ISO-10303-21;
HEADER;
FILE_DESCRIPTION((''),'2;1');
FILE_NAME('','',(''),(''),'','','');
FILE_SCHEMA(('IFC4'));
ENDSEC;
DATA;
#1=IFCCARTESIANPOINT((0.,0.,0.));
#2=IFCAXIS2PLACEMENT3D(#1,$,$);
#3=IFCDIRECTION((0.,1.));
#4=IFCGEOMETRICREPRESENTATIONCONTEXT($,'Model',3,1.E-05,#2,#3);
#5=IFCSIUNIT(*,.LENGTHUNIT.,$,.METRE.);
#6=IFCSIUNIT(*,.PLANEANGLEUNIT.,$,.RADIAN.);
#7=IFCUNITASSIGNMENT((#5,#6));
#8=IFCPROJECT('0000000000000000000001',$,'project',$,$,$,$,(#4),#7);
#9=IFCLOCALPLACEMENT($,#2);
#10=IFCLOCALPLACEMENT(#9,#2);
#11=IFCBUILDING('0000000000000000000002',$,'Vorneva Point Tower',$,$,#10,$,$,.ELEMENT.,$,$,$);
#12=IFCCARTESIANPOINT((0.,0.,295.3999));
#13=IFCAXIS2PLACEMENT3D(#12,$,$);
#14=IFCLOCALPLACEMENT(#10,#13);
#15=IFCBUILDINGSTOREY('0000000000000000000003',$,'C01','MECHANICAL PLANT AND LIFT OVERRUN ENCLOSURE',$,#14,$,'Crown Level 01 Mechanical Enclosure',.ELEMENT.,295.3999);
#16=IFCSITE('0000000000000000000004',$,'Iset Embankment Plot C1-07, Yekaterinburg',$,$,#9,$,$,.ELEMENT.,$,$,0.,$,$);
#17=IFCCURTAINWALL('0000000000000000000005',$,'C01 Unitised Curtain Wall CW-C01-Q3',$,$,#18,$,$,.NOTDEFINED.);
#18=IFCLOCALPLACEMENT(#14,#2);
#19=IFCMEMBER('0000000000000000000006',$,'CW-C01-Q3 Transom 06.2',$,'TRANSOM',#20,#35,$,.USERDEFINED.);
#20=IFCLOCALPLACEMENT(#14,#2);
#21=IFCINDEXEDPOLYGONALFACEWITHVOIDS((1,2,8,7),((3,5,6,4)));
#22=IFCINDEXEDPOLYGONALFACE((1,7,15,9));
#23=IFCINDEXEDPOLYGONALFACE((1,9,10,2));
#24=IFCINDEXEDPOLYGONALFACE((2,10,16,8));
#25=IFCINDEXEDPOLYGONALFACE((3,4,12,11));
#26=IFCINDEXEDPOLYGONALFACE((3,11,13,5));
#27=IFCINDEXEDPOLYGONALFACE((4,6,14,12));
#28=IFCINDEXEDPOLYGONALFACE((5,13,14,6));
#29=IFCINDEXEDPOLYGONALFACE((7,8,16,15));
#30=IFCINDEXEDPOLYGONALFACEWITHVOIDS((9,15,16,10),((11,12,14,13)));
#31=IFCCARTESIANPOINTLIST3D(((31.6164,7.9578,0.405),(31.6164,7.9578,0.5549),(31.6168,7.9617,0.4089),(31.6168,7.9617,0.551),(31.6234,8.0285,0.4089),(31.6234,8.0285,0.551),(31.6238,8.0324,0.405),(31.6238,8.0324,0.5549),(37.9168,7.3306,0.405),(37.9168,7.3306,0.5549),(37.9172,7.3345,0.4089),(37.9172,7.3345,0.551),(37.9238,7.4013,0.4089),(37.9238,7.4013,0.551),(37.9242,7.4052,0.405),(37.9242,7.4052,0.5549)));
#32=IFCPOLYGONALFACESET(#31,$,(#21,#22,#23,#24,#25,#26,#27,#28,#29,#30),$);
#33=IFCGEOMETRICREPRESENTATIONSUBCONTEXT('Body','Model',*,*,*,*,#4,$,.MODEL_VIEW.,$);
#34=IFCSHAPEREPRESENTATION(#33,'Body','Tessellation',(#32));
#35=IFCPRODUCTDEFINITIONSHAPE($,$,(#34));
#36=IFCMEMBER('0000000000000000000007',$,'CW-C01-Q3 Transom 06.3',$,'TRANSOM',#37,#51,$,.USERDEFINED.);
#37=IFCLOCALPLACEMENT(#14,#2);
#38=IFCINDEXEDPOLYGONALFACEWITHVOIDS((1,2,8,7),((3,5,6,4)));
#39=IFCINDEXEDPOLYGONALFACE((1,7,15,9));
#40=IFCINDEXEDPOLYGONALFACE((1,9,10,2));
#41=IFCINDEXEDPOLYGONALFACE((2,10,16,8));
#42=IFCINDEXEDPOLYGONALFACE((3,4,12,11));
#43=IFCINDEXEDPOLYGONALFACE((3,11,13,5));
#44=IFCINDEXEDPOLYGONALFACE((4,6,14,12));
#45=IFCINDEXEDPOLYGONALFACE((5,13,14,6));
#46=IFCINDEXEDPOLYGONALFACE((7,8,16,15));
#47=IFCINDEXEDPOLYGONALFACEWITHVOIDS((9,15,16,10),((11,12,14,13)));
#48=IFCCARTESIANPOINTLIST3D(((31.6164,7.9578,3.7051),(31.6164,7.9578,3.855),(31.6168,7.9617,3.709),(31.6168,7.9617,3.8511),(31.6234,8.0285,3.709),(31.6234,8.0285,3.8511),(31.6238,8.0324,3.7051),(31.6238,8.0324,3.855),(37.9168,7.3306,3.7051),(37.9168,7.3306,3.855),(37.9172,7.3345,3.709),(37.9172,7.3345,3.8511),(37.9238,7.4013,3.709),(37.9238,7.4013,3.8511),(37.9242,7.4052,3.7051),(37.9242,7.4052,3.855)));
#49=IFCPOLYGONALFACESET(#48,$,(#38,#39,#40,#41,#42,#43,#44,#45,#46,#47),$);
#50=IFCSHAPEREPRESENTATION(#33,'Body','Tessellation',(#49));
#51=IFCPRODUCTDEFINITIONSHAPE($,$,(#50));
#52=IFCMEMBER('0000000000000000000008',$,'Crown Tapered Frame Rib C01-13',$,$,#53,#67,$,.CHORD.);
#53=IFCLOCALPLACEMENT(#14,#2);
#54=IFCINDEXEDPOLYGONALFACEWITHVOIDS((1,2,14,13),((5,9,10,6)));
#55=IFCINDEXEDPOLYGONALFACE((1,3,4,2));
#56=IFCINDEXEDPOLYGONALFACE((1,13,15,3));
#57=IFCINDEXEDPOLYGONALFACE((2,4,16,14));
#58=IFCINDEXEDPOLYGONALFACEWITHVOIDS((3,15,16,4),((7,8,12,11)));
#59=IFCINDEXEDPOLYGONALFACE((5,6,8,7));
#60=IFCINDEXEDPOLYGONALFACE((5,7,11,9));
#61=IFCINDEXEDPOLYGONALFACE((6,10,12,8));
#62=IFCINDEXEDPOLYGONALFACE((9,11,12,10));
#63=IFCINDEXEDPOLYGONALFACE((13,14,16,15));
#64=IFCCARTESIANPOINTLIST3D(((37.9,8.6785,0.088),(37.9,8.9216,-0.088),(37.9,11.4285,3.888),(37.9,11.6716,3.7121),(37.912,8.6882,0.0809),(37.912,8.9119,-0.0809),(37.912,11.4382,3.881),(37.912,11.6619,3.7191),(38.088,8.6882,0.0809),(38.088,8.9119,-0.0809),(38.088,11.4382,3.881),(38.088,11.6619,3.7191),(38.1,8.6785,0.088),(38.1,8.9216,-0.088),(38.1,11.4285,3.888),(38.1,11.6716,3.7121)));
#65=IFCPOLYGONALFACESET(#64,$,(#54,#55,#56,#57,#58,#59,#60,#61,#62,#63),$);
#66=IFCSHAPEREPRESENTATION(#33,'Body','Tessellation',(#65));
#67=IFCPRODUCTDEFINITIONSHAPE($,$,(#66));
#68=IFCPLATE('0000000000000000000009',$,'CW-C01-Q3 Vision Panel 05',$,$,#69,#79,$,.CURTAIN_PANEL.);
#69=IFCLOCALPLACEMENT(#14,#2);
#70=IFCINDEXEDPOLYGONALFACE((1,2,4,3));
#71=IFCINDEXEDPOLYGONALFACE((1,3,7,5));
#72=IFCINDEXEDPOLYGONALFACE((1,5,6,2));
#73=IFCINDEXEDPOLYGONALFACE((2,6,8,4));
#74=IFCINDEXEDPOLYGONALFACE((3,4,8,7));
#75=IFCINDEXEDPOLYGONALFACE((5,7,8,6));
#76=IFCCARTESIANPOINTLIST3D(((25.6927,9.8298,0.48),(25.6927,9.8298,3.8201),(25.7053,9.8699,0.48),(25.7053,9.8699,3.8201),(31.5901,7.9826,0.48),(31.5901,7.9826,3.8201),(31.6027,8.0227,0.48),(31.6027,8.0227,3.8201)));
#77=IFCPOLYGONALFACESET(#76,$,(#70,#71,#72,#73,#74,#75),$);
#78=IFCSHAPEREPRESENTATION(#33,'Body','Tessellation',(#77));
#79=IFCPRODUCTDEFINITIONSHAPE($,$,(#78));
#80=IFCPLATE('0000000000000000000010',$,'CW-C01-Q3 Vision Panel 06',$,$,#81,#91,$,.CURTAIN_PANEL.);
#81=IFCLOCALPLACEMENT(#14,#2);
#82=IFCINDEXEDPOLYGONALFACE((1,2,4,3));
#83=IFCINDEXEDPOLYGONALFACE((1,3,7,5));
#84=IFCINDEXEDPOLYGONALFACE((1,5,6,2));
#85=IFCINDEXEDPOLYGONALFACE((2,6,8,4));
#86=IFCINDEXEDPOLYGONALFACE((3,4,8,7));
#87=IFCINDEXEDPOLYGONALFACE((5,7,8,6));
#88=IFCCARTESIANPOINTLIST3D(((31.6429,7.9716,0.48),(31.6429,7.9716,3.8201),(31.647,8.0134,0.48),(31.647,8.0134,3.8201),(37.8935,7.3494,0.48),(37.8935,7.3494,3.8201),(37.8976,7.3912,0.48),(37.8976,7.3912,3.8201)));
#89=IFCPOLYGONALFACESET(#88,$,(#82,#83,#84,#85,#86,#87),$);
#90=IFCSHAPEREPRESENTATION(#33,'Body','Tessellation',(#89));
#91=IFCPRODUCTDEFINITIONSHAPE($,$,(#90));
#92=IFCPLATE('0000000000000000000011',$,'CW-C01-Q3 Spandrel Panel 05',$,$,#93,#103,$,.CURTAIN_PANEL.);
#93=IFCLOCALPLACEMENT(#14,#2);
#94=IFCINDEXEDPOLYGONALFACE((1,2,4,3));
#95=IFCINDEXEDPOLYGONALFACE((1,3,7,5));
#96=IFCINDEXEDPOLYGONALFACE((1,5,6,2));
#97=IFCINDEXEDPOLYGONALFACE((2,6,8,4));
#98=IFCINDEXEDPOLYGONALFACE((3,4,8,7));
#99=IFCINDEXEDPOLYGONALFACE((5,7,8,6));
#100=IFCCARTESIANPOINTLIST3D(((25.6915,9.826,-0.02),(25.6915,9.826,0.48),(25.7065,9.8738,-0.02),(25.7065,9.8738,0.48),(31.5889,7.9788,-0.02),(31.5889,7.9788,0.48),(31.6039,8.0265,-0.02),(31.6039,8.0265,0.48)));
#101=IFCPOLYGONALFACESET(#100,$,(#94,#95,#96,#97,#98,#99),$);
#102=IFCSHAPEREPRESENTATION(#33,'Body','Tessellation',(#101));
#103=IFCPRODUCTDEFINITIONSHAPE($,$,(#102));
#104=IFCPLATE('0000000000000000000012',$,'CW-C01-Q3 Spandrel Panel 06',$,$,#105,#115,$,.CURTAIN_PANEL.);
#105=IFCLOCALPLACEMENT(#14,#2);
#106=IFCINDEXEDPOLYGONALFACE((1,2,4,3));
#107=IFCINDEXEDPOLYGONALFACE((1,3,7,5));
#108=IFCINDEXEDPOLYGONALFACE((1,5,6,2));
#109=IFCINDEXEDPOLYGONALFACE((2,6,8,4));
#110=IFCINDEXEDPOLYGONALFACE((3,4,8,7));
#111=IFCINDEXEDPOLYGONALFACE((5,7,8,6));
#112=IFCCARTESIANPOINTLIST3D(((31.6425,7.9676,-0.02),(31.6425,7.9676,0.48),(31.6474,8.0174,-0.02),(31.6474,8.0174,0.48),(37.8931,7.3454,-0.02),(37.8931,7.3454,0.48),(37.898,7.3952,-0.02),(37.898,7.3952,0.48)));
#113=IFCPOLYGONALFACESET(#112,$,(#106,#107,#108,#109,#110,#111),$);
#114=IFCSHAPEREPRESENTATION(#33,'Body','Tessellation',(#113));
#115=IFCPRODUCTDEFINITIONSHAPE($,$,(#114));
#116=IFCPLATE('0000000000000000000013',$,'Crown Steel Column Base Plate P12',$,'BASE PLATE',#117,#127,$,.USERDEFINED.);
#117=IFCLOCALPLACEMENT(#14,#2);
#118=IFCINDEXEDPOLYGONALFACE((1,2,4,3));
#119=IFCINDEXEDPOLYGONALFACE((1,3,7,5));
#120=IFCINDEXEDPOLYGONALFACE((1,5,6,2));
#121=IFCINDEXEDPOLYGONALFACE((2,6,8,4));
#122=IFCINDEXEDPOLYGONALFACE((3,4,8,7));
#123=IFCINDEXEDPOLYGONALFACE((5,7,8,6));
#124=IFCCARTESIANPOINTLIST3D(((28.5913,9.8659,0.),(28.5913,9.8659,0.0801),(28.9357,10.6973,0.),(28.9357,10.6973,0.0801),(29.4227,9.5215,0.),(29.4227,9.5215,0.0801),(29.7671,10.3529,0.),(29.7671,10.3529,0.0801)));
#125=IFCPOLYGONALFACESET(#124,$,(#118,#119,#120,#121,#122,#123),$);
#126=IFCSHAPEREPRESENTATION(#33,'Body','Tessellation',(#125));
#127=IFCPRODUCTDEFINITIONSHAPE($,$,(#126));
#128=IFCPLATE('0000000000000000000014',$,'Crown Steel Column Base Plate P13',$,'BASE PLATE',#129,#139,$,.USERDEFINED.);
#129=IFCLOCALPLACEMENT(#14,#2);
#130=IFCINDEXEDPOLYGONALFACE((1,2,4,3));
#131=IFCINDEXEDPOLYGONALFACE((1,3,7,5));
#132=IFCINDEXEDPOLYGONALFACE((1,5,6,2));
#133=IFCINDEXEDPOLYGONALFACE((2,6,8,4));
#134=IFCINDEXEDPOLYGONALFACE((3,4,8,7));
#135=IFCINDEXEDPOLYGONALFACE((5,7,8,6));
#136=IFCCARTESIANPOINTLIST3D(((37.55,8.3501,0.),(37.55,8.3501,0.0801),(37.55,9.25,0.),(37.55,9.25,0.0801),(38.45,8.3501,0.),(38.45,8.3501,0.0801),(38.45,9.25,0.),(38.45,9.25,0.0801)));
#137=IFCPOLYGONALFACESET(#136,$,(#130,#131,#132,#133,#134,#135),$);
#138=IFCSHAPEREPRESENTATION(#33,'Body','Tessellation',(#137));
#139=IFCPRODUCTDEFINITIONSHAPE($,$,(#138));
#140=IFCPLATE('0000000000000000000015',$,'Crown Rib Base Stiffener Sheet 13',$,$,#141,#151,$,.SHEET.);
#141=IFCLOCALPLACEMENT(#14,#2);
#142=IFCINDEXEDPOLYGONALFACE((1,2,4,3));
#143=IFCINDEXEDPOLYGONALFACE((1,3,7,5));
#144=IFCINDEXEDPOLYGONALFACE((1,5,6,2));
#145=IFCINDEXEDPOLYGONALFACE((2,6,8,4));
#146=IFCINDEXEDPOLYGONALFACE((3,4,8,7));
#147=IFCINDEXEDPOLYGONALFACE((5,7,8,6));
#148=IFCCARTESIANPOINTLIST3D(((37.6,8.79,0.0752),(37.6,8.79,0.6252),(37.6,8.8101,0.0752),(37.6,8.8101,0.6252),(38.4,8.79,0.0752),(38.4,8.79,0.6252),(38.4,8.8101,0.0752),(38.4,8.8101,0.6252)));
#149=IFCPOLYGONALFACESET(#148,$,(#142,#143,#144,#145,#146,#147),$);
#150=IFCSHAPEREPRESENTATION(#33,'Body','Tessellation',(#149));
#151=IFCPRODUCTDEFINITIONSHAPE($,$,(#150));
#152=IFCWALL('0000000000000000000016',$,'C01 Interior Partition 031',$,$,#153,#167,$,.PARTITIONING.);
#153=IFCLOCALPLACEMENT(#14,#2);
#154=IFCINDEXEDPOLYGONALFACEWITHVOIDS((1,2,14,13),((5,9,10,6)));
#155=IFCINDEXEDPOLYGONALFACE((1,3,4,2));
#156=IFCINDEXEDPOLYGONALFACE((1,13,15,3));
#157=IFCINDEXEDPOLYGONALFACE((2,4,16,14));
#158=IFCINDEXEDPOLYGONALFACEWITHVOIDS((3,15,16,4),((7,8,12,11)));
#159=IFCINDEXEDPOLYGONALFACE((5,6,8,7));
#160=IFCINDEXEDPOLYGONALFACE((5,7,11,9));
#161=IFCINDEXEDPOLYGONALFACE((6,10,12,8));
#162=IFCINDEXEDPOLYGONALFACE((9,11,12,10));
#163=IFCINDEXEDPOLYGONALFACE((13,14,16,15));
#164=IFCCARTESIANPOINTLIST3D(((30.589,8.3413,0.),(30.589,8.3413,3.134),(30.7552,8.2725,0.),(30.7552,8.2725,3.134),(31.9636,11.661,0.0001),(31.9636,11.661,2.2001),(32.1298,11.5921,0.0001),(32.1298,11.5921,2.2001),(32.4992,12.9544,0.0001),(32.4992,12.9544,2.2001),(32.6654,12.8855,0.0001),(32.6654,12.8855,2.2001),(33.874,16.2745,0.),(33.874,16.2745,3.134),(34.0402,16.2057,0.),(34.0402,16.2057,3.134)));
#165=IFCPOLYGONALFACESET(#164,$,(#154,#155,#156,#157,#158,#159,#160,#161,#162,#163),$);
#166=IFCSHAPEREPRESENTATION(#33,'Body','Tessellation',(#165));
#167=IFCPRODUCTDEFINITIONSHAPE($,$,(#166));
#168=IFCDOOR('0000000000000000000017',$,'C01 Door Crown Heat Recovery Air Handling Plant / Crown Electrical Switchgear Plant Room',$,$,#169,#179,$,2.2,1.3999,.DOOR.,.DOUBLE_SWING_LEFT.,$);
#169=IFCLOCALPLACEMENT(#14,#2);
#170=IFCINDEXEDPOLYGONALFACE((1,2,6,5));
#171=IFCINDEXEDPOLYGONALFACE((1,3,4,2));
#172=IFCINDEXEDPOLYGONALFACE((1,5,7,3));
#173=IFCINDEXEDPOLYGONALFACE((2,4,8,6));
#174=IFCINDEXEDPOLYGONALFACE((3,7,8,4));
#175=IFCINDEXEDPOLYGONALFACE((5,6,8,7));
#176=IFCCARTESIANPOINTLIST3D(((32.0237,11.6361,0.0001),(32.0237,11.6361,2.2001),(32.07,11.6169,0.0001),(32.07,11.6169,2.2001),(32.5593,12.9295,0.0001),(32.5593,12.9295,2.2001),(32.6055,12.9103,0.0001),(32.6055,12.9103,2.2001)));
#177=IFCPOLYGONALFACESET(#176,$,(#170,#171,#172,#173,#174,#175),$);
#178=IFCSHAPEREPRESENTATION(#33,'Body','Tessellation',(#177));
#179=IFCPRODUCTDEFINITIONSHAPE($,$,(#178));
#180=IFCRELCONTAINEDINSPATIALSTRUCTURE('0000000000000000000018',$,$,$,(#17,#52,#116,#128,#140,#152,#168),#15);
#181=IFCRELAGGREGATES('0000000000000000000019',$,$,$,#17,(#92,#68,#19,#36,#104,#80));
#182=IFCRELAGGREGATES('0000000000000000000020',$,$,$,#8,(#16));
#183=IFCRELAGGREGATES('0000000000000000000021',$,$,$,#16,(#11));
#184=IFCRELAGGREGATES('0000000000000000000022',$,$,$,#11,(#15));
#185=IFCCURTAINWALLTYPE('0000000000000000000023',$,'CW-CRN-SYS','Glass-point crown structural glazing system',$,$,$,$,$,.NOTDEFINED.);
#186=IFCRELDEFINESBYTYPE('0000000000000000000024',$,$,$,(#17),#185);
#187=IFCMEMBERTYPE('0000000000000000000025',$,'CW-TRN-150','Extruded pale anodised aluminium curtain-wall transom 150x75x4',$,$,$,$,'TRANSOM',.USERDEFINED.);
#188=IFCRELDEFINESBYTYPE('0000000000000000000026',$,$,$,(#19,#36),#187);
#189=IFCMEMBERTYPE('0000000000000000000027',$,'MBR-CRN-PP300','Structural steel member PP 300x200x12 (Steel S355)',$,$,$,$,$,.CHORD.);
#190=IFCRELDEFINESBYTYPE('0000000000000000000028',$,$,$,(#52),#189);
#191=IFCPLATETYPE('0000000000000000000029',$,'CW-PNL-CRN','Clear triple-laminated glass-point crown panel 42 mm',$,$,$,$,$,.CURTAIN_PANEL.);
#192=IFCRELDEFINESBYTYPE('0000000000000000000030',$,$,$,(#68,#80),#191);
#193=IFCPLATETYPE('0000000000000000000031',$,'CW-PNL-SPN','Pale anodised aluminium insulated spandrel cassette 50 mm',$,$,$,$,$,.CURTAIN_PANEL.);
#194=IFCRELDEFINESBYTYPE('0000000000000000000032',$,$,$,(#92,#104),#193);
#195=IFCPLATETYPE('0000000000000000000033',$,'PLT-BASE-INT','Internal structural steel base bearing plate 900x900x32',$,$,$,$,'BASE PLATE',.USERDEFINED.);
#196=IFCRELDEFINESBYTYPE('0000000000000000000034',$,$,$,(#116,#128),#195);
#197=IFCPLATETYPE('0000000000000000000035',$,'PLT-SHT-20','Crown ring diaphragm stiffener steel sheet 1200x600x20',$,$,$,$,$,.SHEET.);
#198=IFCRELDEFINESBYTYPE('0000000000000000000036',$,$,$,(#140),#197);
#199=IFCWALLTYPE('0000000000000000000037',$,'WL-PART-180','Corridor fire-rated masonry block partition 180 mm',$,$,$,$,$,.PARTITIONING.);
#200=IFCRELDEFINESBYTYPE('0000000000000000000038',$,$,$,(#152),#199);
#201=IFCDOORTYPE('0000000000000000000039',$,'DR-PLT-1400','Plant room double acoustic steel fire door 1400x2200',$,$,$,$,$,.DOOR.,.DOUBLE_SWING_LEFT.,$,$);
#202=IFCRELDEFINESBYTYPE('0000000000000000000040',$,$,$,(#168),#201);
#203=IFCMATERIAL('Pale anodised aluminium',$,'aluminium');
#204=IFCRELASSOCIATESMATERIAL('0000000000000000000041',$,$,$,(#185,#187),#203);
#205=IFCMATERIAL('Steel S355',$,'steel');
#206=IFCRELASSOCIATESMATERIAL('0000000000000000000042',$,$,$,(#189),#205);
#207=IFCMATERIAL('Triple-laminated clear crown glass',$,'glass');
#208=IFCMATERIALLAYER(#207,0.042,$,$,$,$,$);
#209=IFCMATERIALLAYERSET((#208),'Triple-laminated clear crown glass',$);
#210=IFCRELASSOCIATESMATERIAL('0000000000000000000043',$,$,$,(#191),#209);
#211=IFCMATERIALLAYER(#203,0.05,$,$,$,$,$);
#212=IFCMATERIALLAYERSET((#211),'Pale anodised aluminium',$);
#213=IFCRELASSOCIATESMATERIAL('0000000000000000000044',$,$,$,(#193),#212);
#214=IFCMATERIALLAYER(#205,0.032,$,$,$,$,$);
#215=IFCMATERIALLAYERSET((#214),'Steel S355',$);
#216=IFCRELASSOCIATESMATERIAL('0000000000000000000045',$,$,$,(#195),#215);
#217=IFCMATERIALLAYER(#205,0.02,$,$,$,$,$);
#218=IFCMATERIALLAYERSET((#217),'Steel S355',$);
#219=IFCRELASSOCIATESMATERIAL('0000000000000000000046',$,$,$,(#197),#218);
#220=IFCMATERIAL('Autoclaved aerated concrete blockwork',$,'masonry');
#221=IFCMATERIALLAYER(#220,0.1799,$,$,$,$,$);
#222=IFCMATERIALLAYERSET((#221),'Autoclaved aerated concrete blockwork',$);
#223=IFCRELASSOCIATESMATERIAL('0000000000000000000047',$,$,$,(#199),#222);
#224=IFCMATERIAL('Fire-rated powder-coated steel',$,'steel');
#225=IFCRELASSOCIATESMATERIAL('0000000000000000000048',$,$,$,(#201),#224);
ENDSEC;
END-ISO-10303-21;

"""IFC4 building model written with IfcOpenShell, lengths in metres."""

from ifc_helpers import new_model, si_unit, direction, frame, frame_2d, origin, origin_2d, place, context, subcontext, project, spatial, rectangle, hollow_rectangle, extrude, material, layer, layer_set, material_profile, profile_set, type_object, element, fill, aggregate, save


model = new_model("IFC4")

# Units and contexts
model_context = context("Model", 3, precision=1e-05, world=origin(), true_north=direction((0.0, 1.0)))
body_context = subcontext(model_context, "Body", "Model", "MODEL_VIEW")
ifc_project = project(units=[si_unit("LENGTHUNIT", "METRE"), si_unit("PLANEANGLEUNIT", "RADIAN")], contexts=[model_context])

# Site, building, storey
site_placement = place(None, origin())
site = spatial("IfcSite", under=ifc_project, at=site_placement, Name="Iset Embankment Plot C1-07, Yekaterinburg", CompositionType="ELEMENT", RefElevation=0.0)
building_placement = place(site_placement, origin())
building = spatial("IfcBuilding", under=site, at=building_placement, Name="Vorneva Point Tower", CompositionType="ELEMENT")
storey_placement = place(building_placement, frame((0.0, 0.0, 295.3999)))
storey = spatial("IfcBuildingStorey", under=building, at=storey_placement, Name="C01", Description="MECHANICAL PLANT AND LIFT OVERRUN ENCLOSURE", LongName="Crown Level 01 Mechanical Enclosure", CompositionType="ELEMENT", Elevation=295.3999)

# Shared definitions
ifc_material_1 = material(Name="Steel S355", Category="steel")

# Curtain wall, members
ifc_material_2 = material(Name="Pale anodised aluminium", Category="aluminium")
curtain_wall_type = type_object("IfcCurtainWallType", Name="CW-CRN-SYS", Description="Glass-point crown structural glazing system", PredefinedType="NOTDEFINED", material=ifc_material_2)
curtain_wall_placement = place(storey_placement, origin())
curtain_wall = element("IfcCurtainWall", 1, at=curtain_wall_placement, inside=storey, type_object=curtain_wall_type, Name="C01 Unitised Curtain Wall CW-C01-Q3", PredefinedType="NOTDEFINED")
ifc_material_profile_1 = material_profile(ifc_material_2, hollow_rectangle(XDim=0.075, YDim=0.1499, WallThickness=0.0039, at=origin_2d()), Name="AL-TRN 150x75x4")
ifc_profile_set_1 = profile_set([ifc_material_profile_1], Name="Pale anodised aluminium")
member_type_1 = type_object("IfcMemberType", Name="CW-TRN-150", Description="Extruded pale anodised aluminium curtain-wall transom 150x75x4", ElementType="TRANSOM", PredefinedType="USERDEFINED", material=ifc_profile_set_1)
member_1_placement = place(storey_placement, frame((31.6201, 7.9951, 0.48), z_axis=(0.995081, -0.099061, 0.0), x_axis=(0.099061, 0.995081, 0.0)))
member_1 = element("IfcMember", 2, at=member_1_placement, type_object=member_type_1, Name="CW-C01-Q3 Transom 06.2", ObjectType="TRANSOM", PredefinedType="USERDEFINED", context=body_context, shape_type="SweptSolid", body=[
    extrude(hollow_rectangle(XDim=0.075, YDim=0.1499, WallThickness=0.0039, at=origin_2d()), origin(), (0.0, 0.0, 1.0), 6.3315),
])
member_2_placement = place(storey_placement, frame((31.6201, 7.9951, 3.78), z_axis=(0.995081, -0.099061, 0.0), x_axis=(0.099061, 0.995081, 0.0)))
member_2 = element("IfcMember", 3, at=member_2_placement, type_object=member_type_1, Name="CW-C01-Q3 Transom 06.3", ObjectType="TRANSOM", PredefinedType="USERDEFINED", context=body_context, shape_type="SweptSolid", body=[
    extrude(hollow_rectangle(XDim=0.075, YDim=0.1499, WallThickness=0.0039, at=origin_2d()), origin(), (0.0, 0.0, 1.0), 6.3315),
])

# Member
ifc_material_profile_2 = material_profile(ifc_material_1, hollow_rectangle(XDim=0.2, YDim=0.3, WallThickness=0.012, at=origin_2d()), Name="PP 300x200x12")
ifc_profile_set_2 = profile_set([ifc_material_profile_2], Name="Steel S355")
member_type_2 = type_object("IfcMemberType", Name="MBR-CRN-PP300", Description="Structural steel member PP 300x200x12 (Steel S355)", PredefinedType="CHORD", material=ifc_profile_set_2)
member_3_placement = place(storey_placement, frame((38.0, 8.8, 0.0), z_axis=(0.0, 0.586264, 0.81012), x_axis=(-1.0, 0.0, 0.0)))
element("IfcMember", 4, at=member_3_placement, inside=storey, type_object=member_type_2, Name="Crown Tapered Frame Rib C01-13", PredefinedType="CHORD", context=body_context, shape_type="SweptSolid", body=[
    extrude(hollow_rectangle(XDim=0.2, YDim=0.3, WallThickness=0.012, at=origin_2d()), origin(), (0.0, 0.0, 1.0), 4.6907),
])

# Plates
ifc_material_3 = material(Name="Triple-laminated clear crown glass", Category="glass")
ifc_layer_1 = layer(ifc_material_3, 0.042)
ifc_layer_set_1 = layer_set([ifc_layer_1], Name="Triple-laminated clear crown glass")
plate_type_1 = type_object("IfcPlateType", Name="CW-PNL-CRN", Description="Clear triple-laminated glass-point crown panel 42 mm", PredefinedType="CURTAIN_PANEL", material=ifc_layer_set_1)
plate_1_placement = place(storey_placement, frame((28.6477, 8.9263, 0.48), z_axis=(0.0, 0.0, 1.0), x_axis=(0.954282, -0.298908, 0.0)))
plate_1 = element("IfcPlate", 5, at=plate_1_placement, type_object=plate_type_1, Name="CW-C01-Q3 Vision Panel 05", PredefinedType="CURTAIN_PANEL", context=body_context, shape_type="SweptSolid", body=[
    extrude(rectangle(XDim=6.1799, YDim=0.042, at=origin_2d()), origin(), (0.0, 0.0, 1.0), 3.3401),
])
plate_2_placement = place(storey_placement, frame((34.7703, 7.6814, 0.48), z_axis=(0.0, 0.0, 1.0), x_axis=(0.995082, -0.099059, 0.0)))
plate_2 = element("IfcPlate", 6, at=plate_2_placement, type_object=plate_type_1, Name="CW-C01-Q3 Vision Panel 06", PredefinedType="CURTAIN_PANEL", context=body_context, shape_type="SweptSolid", body=[
    extrude(rectangle(XDim=6.2815, YDim=0.042, at=origin_2d()), origin(), (0.0, 0.0, 1.0), 3.3401),
])
ifc_layer_2 = layer(ifc_material_2, 0.05)
ifc_layer_set_2 = layer_set([ifc_layer_2], Name="Pale anodised aluminium")
plate_type_2 = type_object("IfcPlateType", Name="CW-PNL-SPN", Description="Pale anodised aluminium insulated spandrel cassette 50 mm", PredefinedType="CURTAIN_PANEL", material=ifc_layer_set_2)
plate_3_placement = place(storey_placement, frame((28.6477, 8.9263, -0.02), z_axis=(0.0, 0.0, 1.0), x_axis=(0.954282, -0.298908, 0.0)))
plate_3 = element("IfcPlate", 7, at=plate_3_placement, type_object=plate_type_2, Name="CW-C01-Q3 Spandrel Panel 05", PredefinedType="CURTAIN_PANEL", context=body_context, shape_type="SweptSolid", body=[
    extrude(rectangle(XDim=6.1799, YDim=0.05, at=origin_2d()), origin(), (0.0, 0.0, 1.0), 0.5),
])
plate_4_placement = place(storey_placement, frame((34.7703, 7.6814, -0.02), z_axis=(0.0, 0.0, 1.0), x_axis=(0.995082, -0.099059, 0.0)))
plate_4 = element("IfcPlate", 8, at=plate_4_placement, type_object=plate_type_2, Name="CW-C01-Q3 Spandrel Panel 06", PredefinedType="CURTAIN_PANEL", context=body_context, shape_type="SweptSolid", body=[
    extrude(rectangle(XDim=6.2815, YDim=0.05, at=origin_2d()), origin(), (0.0, 0.0, 1.0), 0.5),
])
aggregate(curtain_wall, [plate_3, plate_1, member_1, member_2, plate_4, plate_2])

# Plates
ifc_layer_3 = layer(ifc_material_1, 0.032)
ifc_layer_set_3 = layer_set([ifc_layer_3], Name="Steel S355")
plate_type_3 = type_object("IfcPlateType", Name="PLT-BASE-INT", Description="Internal structural steel base bearing plate 900x900x32", ElementType="BASE PLATE", PredefinedType="USERDEFINED", material=ifc_layer_set_3)
for number, where, z_axis, x_axis, name in (
    (9, (29.1792, 10.1094, 0.0), (0.0, 0.0, 1.0), (-0.382683, -0.92388, 0.0), "Crown Steel Column Base Plate P12"),
    (10, (38.0, 8.8, 0.0), (0.0, 0.0, 1.0), (0.0, -1.0, 0.0), "Crown Steel Column Base Plate P13"),
):
    element("IfcPlate", number, at=place(storey_placement, frame(where, z_axis=z_axis, x_axis=x_axis)), inside=storey, type_object=plate_type_3, Name=name, ObjectType="BASE PLATE", PredefinedType="USERDEFINED", context=body_context, shape_type="SweptSolid", body=[
        extrude(rectangle(XDim=0.8999, YDim=0.8999, at=origin_2d()), origin(), (0.0, 0.0, 1.0), 0.0801),
    ])
ifc_layer_4 = layer(ifc_material_1, 0.02)
ifc_layer_set_4 = layer_set([ifc_layer_4], Name="Steel S355")
plate_type_4 = type_object("IfcPlateType", Name="PLT-SHT-20", Description="Crown ring diaphragm stiffener steel sheet 1200x600x20", PredefinedType="SHEET", material=ifc_layer_set_4)
plate_5_placement = place(storey_placement, frame((38.0, 8.8, 0.0752), z_axis=(0.0, 0.0, 1.0), x_axis=(1.0, 0.0, 0.0)))
element("IfcPlate", 11, at=plate_5_placement, inside=storey, type_object=plate_type_4, Name="Crown Rib Base Stiffener Sheet 13", PredefinedType="SHEET", context=body_context, shape_type="SweptSolid", body=[
    extrude(rectangle(XDim=0.8, YDim=0.02, at=origin_2d()), origin(), (0.0, 0.0, 1.0), 0.55),
])

# Wall, opening, door
ifc_material_4 = material(Name="Autoclaved aerated concrete blockwork", Category="masonry")
ifc_layer_5 = layer(ifc_material_4, 0.1799)
ifc_layer_set_5 = layer_set([ifc_layer_5], Name="Autoclaved aerated concrete blockwork")
wall_type = type_object("IfcWallType", Name="WL-PART-180", Description="Corridor fire-rated masonry block partition 180 mm", PredefinedType="PARTITIONING", material=ifc_layer_set_5)
wall_placement = place(storey_placement, frame((30.6721, 8.3069, 0.0), z_axis=(0.0, 0.0, 1.0), x_axis=(0.382575, 0.923924, 0.0)))
wall = element("IfcWall", 12, at=wall_placement, inside=storey, type_object=wall_type, Name="C01 Interior Partition 031", PredefinedType="PARTITIONING", context=body_context, shape_type="SweptSolid", body=[
    extrude(rectangle(XDim=8.5864, YDim=0.1799, at=frame_2d((4.2932, 0.0))), origin(), (0.0, 0.0, 1.0), 3.134),
])
opening_placement = place(wall_placement, frame((3.593, 0.0, 0.0)))
opening = element("IfcOpeningElement", 13, at=opening_placement, cuts=wall, PredefinedType="OPENING", context=body_context, shape_type="SweptSolid", body=[
    extrude(rectangle(XDim=1.3999, YDim=2.2, at=frame_2d((0.7, 1.1001))), frame((0.0, 0.105, 0.0), z_axis=(0.0, -1.0, 0.0), x_axis=(1.0, 0.0, 0.0)), (0.0, 0.0, 1.0), 0.2097),
])
ifc_material_5 = material(Name="Fire-rated powder-coated steel", Category="steel")
door_type = type_object("IfcDoorType", Name="DR-PLT-1400", Description="Plant room double acoustic steel fire door 1400x2200", OperationType="DOUBLE_SWING_LEFT", PredefinedType="DOOR", material=ifc_material_5)
door_placement = place(opening_placement, origin())
door = element("IfcDoor", 14, at=door_placement, inside=storey, type_object=door_type, Name="C01 Door Crown Heat Recovery Air Handling Plant / Crown Electrical Switchgear Plant Room", OperationType="DOUBLE_SWING_LEFT", OverallHeight=2.2, OverallWidth=1.3999, PredefinedType="DOOR", context=body_context, shape_type="SweptSolid", body=[
    extrude(rectangle(XDim=1.3999, YDim=2.2, at=frame_2d((0.7, 1.1001))), frame((0.0, 0.0249, 0.0), z_axis=(0.0, -1.0, 0.0), x_axis=(1.0, 0.0, 0.0)), (0.0, 0.0, 1.0), 0.05),
])
fill(opening, door)

save(model, "model.ifc")
